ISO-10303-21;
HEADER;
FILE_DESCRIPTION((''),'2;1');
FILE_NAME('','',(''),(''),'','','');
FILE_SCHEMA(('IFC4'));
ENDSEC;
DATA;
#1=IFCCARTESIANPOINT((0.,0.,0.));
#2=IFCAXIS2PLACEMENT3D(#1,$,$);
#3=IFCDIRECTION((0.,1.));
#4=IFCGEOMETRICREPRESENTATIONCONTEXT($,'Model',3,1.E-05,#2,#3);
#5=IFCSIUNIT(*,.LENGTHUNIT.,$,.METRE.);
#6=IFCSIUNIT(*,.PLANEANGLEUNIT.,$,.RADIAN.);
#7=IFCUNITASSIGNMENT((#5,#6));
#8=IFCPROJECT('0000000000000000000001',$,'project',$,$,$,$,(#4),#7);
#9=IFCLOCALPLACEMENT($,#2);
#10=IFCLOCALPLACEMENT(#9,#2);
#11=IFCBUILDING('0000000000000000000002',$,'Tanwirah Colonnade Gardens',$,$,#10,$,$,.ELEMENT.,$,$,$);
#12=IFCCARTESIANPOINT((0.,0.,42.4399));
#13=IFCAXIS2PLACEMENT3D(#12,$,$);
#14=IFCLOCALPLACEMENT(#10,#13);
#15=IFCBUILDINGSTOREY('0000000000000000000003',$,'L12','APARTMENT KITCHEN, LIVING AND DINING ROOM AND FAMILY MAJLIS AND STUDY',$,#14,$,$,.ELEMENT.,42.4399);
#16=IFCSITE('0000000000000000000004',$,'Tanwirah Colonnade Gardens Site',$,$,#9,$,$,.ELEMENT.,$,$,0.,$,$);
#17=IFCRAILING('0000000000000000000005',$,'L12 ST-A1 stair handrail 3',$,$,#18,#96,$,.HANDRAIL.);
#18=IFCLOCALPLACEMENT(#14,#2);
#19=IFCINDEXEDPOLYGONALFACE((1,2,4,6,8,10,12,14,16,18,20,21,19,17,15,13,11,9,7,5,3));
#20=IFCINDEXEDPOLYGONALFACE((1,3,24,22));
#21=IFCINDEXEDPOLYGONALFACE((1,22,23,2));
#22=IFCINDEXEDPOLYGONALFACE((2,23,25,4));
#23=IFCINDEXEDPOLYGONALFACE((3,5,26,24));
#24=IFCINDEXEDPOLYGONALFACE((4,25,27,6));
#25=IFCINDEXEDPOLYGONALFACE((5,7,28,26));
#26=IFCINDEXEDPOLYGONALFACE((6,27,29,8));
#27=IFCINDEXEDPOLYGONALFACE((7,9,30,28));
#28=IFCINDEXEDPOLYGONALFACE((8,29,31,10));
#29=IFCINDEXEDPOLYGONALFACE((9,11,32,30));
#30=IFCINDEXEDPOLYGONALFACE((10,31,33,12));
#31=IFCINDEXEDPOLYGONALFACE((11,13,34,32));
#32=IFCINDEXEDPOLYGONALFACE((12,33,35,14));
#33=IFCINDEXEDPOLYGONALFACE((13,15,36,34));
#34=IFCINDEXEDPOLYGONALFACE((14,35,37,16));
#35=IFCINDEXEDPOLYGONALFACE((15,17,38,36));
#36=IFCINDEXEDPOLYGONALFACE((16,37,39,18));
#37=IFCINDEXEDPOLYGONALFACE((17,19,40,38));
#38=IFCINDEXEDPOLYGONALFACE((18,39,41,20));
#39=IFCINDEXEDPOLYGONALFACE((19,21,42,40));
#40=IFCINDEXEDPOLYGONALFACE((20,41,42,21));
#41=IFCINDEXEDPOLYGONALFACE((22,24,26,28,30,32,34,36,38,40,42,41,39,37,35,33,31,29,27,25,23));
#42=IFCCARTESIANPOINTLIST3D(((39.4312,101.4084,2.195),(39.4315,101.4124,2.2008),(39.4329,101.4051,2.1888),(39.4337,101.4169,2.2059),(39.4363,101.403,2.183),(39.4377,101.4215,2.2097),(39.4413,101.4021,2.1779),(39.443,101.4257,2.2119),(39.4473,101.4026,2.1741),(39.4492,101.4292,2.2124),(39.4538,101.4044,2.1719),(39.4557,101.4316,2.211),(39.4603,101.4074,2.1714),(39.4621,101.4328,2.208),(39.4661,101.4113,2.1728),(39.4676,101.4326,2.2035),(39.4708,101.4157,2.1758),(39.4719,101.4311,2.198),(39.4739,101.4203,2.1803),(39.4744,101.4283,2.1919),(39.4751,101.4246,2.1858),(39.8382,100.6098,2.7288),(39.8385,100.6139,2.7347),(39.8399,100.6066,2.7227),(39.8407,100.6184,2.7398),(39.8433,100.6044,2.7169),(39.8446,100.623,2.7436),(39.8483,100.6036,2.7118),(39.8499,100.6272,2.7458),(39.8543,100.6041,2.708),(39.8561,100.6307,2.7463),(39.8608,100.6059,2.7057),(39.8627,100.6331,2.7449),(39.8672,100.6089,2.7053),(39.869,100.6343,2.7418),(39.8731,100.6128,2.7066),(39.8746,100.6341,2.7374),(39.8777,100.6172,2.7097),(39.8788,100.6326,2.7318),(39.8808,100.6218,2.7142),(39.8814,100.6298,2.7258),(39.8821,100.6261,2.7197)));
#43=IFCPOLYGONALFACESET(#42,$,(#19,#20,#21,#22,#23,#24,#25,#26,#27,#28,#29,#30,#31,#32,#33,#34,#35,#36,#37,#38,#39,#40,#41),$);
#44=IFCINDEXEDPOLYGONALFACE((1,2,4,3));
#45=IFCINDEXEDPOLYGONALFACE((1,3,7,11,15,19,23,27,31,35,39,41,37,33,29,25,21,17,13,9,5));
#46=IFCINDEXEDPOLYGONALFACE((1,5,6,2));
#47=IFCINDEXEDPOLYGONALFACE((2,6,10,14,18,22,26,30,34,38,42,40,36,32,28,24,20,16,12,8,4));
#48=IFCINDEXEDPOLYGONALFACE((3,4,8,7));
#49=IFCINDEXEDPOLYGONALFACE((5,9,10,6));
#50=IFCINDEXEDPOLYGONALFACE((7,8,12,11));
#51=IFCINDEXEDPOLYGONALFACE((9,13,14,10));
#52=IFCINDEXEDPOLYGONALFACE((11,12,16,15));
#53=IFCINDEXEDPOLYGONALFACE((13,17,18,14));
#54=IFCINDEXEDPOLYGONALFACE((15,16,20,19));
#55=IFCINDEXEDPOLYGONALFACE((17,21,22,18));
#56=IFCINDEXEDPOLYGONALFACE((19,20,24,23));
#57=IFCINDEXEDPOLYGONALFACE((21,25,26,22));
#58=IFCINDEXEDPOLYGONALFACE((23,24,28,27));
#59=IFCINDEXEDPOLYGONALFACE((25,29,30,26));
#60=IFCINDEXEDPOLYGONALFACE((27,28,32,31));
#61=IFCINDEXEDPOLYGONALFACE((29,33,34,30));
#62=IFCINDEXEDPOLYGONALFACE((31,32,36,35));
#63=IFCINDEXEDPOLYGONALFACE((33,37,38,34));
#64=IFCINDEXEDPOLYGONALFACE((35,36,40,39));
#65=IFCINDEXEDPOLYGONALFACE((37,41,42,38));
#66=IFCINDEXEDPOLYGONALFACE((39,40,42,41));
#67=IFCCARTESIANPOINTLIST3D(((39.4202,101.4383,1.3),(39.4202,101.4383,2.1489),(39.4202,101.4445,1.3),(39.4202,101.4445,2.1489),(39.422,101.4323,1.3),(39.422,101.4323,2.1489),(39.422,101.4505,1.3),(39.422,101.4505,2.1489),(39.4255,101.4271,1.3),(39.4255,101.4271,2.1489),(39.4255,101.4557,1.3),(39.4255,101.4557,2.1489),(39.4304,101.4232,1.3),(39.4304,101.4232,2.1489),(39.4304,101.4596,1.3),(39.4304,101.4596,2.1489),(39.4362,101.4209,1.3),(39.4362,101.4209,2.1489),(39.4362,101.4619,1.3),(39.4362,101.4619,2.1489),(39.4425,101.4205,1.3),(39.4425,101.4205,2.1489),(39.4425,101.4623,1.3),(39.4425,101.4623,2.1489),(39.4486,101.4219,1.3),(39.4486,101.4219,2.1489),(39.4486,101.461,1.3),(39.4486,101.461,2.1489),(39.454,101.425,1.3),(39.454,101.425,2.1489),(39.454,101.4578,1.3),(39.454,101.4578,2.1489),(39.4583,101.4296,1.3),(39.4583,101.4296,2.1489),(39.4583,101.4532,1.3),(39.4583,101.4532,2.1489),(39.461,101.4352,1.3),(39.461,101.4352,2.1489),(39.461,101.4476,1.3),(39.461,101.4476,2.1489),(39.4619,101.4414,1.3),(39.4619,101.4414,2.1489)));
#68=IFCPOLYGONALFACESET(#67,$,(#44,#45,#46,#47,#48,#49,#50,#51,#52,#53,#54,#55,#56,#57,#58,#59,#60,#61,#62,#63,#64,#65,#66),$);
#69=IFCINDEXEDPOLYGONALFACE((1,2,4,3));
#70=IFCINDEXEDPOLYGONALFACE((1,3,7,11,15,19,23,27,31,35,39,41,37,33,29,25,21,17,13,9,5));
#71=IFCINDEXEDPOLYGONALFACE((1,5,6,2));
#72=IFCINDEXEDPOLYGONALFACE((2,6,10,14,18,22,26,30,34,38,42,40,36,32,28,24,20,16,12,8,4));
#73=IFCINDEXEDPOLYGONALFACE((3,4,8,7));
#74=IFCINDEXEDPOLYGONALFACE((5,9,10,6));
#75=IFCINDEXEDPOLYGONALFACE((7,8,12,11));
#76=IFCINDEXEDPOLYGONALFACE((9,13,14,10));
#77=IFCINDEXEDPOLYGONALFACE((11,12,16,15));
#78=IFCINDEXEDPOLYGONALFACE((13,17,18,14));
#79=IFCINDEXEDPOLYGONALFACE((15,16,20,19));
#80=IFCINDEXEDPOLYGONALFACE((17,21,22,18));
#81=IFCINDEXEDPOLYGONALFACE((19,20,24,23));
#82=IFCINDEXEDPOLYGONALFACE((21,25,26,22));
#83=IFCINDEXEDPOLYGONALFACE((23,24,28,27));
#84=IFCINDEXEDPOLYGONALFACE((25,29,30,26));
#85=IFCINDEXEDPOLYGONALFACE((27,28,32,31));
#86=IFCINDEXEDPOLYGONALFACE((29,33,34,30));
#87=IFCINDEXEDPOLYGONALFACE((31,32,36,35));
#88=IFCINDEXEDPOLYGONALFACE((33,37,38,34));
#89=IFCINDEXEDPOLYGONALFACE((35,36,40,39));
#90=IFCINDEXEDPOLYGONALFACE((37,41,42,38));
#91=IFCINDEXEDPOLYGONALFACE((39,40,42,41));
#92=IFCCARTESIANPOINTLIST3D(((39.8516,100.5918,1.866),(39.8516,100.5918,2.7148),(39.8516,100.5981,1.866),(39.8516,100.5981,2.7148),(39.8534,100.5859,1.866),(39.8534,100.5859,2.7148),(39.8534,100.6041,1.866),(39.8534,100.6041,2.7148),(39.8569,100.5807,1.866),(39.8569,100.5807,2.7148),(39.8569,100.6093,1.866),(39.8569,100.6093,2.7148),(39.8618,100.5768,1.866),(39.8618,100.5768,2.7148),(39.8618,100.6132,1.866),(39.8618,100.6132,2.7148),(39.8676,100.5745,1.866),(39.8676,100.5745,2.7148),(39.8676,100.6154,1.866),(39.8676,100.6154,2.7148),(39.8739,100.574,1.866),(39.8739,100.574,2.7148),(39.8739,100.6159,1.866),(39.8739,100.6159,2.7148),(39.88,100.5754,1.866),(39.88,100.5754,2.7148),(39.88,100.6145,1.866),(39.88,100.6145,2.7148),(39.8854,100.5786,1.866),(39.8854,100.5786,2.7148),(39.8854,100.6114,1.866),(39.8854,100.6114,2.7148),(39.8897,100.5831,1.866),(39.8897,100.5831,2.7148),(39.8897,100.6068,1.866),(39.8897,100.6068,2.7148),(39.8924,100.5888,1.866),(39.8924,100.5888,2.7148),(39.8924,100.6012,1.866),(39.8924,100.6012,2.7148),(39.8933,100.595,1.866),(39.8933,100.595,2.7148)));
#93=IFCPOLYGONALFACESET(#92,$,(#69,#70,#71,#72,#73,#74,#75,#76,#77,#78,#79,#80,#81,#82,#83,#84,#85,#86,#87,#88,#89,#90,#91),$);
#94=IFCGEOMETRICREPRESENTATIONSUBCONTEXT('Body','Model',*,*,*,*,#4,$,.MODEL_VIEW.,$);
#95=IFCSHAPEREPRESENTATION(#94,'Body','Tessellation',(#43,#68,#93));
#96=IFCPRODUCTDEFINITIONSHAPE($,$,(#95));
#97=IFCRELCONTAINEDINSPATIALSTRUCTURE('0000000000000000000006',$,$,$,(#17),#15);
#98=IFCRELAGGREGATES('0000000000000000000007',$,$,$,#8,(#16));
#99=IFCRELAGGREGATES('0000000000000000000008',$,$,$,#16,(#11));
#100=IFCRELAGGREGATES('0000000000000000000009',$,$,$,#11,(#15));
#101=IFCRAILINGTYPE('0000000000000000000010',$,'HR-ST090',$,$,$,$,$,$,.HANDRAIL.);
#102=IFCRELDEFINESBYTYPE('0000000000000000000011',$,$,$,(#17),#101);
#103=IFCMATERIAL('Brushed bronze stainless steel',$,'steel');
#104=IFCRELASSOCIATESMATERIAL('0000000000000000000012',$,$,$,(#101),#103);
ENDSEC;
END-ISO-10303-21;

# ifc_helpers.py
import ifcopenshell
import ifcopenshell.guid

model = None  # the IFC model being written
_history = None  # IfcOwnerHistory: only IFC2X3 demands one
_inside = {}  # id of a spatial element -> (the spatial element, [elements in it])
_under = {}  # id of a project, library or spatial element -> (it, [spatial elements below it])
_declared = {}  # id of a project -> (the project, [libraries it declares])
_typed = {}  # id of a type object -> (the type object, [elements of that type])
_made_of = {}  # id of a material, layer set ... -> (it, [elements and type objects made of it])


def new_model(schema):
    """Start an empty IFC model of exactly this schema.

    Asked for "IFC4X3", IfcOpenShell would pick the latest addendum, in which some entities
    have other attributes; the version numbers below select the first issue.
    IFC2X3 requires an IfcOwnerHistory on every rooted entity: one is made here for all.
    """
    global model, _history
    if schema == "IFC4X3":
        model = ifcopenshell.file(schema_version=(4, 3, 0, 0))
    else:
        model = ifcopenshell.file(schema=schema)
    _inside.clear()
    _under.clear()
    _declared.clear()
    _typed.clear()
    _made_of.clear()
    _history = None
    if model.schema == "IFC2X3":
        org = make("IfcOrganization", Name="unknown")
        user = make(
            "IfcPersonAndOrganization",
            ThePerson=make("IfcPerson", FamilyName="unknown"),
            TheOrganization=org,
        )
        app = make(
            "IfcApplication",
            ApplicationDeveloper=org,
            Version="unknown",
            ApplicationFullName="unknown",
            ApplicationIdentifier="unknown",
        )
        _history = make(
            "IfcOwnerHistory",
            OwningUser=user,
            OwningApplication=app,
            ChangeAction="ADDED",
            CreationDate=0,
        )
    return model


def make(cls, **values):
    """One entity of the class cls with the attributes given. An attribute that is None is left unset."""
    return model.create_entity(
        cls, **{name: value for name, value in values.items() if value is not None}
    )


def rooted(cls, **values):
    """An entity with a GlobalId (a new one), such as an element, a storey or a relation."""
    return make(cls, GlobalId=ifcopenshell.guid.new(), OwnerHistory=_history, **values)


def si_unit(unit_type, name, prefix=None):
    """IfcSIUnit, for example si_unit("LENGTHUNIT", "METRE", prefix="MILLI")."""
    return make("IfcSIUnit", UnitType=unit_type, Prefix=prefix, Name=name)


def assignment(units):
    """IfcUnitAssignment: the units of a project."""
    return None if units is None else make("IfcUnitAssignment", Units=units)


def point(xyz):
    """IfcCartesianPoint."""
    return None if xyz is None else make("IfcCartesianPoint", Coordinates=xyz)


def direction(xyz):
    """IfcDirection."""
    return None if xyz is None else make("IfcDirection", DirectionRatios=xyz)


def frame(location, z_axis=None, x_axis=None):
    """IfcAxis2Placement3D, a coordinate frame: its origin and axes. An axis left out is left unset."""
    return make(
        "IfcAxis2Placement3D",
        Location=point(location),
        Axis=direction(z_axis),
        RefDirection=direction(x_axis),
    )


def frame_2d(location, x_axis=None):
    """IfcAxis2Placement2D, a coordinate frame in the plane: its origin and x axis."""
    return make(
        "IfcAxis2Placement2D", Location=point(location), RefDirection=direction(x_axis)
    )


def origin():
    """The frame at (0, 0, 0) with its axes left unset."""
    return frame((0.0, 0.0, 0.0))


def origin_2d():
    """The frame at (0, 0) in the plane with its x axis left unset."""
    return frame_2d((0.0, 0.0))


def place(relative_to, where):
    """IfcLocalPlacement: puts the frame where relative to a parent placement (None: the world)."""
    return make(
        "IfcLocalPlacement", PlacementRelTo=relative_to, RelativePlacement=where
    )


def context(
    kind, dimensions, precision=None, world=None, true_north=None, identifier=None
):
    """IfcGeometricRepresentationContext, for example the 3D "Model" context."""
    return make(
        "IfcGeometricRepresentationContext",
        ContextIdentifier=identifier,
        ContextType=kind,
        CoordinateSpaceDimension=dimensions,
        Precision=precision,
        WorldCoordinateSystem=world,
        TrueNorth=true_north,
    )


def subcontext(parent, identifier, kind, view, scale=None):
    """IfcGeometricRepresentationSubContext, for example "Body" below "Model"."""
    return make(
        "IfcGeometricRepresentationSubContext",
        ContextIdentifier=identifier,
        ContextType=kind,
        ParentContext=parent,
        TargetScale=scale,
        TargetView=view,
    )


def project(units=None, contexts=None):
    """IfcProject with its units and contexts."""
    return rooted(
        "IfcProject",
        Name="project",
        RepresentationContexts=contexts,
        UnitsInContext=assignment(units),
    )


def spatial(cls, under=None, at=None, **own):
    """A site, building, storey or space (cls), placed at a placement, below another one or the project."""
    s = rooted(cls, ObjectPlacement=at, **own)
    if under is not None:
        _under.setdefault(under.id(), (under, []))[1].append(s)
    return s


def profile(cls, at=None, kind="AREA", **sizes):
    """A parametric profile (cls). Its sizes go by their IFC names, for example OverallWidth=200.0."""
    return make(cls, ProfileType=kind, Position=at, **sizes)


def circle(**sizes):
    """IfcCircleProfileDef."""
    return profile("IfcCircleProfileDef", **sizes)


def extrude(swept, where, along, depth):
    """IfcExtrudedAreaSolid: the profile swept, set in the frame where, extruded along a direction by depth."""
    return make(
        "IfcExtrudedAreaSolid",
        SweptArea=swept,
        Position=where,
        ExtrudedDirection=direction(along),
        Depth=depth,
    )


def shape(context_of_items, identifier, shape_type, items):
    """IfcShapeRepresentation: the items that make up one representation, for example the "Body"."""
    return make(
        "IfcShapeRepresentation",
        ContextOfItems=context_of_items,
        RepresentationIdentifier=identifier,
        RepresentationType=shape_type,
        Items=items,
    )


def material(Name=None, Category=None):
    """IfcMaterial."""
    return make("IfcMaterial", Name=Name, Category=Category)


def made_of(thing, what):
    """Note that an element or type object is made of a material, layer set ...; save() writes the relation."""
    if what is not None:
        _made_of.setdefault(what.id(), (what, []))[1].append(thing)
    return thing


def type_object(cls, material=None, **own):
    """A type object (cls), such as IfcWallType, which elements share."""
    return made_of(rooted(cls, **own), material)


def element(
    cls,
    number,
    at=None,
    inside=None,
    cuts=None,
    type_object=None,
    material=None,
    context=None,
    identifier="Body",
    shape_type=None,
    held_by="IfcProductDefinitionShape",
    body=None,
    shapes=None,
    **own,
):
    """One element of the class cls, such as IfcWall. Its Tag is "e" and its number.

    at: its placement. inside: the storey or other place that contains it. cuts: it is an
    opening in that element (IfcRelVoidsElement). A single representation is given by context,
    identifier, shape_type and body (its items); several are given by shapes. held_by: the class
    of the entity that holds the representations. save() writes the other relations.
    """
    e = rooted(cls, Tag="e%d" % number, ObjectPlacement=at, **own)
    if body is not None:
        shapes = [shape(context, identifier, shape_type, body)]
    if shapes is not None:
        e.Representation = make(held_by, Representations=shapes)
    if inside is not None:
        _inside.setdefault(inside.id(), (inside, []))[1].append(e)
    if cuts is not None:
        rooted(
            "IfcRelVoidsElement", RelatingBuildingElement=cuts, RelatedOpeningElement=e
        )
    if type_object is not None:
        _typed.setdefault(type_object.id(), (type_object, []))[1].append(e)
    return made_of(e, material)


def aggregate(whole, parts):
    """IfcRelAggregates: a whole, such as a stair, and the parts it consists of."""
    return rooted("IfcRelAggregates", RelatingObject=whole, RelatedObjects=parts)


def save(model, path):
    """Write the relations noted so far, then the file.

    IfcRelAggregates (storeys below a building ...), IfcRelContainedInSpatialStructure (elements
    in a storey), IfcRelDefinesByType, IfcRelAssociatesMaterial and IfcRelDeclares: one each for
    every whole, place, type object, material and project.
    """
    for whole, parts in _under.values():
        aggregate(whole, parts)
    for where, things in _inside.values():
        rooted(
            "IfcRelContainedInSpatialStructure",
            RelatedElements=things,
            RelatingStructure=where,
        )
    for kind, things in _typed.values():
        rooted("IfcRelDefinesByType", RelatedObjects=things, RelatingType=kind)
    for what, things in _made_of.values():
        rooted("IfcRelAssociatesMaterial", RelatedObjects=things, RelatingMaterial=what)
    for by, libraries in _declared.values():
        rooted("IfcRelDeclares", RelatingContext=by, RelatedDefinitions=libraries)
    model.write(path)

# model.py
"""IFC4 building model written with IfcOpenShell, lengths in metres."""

from ifc_helpers import new_model, si_unit, direction, frame, origin, origin_2d, place, context, subcontext, project, spatial, circle, extrude, material, type_object, element, save


model = new_model("IFC4")

# Units and contexts
model_context = context("Model", 3, precision=1e-05, world=origin(), true_north=direction((0.0, 1.0)))
body_context = subcontext(model_context, "Body", "Model", "MODEL_VIEW")
ifc_project = project(units=[si_unit("LENGTHUNIT", "METRE"), si_unit("PLANEANGLEUNIT", "RADIAN")], contexts=[model_context])

# Site, building, storey
site_placement = place(None, origin())
site = spatial("IfcSite", under=ifc_project, at=site_placement, Name="Tanwirah Colonnade Gardens Site", CompositionType="ELEMENT", RefElevation=0.0)
building_placement = place(site_placement, origin())
building = spatial("IfcBuilding", under=site, at=building_placement, Name="Tanwirah Colonnade Gardens", CompositionType="ELEMENT")
storey_placement = place(building_placement, frame((0.0, 0.0, 42.4399)))
storey = spatial("IfcBuildingStorey", under=building, at=storey_placement, Name="L12", Description="APARTMENT KITCHEN, LIVING AND DINING ROOM AND FAMILY MAJLIS AND STUDY", CompositionType="ELEMENT", Elevation=42.4399)

# Railing
ifc_material_1 = material(Name="Brushed bronze stainless steel", Category="steel")
railing_type_1 = type_object("IfcRailingType", Name="HR-ST090", PredefinedType="HANDRAIL", material=ifc_material_1)
railing_1_placement = place(storey_placement, frame((39.4409, 101.4414, 1.3)))
element("IfcRailing", 1, at=railing_1_placement, inside=storey, type_object=railing_type_1, Name="L12 ST-A1 stair handrail 3", PredefinedType="HANDRAIL", context=body_context, shape_type="SweptSolid", body=[
    extrude(circle(Radius=0.0239, at=origin_2d()), frame((0.0122, -0.0239, 0.8918), z_axis=(0.390118, -0.765443, 0.511767), x_axis=(0.890957, 0.454087, 0.0)), (0.0, 0.0, 1.0), 1.0432),
    extrude(circle(Radius=0.021, at=origin_2d()), origin(), (0.0, 0.0, 1.0), 0.8489),
    extrude(circle(Radius=0.021, at=origin_2d()), frame((0.4314, -0.8464, 0.5659)), (0.0, 0.0, 1.0), 0.8489),
])

save(model, "model.ifc")
